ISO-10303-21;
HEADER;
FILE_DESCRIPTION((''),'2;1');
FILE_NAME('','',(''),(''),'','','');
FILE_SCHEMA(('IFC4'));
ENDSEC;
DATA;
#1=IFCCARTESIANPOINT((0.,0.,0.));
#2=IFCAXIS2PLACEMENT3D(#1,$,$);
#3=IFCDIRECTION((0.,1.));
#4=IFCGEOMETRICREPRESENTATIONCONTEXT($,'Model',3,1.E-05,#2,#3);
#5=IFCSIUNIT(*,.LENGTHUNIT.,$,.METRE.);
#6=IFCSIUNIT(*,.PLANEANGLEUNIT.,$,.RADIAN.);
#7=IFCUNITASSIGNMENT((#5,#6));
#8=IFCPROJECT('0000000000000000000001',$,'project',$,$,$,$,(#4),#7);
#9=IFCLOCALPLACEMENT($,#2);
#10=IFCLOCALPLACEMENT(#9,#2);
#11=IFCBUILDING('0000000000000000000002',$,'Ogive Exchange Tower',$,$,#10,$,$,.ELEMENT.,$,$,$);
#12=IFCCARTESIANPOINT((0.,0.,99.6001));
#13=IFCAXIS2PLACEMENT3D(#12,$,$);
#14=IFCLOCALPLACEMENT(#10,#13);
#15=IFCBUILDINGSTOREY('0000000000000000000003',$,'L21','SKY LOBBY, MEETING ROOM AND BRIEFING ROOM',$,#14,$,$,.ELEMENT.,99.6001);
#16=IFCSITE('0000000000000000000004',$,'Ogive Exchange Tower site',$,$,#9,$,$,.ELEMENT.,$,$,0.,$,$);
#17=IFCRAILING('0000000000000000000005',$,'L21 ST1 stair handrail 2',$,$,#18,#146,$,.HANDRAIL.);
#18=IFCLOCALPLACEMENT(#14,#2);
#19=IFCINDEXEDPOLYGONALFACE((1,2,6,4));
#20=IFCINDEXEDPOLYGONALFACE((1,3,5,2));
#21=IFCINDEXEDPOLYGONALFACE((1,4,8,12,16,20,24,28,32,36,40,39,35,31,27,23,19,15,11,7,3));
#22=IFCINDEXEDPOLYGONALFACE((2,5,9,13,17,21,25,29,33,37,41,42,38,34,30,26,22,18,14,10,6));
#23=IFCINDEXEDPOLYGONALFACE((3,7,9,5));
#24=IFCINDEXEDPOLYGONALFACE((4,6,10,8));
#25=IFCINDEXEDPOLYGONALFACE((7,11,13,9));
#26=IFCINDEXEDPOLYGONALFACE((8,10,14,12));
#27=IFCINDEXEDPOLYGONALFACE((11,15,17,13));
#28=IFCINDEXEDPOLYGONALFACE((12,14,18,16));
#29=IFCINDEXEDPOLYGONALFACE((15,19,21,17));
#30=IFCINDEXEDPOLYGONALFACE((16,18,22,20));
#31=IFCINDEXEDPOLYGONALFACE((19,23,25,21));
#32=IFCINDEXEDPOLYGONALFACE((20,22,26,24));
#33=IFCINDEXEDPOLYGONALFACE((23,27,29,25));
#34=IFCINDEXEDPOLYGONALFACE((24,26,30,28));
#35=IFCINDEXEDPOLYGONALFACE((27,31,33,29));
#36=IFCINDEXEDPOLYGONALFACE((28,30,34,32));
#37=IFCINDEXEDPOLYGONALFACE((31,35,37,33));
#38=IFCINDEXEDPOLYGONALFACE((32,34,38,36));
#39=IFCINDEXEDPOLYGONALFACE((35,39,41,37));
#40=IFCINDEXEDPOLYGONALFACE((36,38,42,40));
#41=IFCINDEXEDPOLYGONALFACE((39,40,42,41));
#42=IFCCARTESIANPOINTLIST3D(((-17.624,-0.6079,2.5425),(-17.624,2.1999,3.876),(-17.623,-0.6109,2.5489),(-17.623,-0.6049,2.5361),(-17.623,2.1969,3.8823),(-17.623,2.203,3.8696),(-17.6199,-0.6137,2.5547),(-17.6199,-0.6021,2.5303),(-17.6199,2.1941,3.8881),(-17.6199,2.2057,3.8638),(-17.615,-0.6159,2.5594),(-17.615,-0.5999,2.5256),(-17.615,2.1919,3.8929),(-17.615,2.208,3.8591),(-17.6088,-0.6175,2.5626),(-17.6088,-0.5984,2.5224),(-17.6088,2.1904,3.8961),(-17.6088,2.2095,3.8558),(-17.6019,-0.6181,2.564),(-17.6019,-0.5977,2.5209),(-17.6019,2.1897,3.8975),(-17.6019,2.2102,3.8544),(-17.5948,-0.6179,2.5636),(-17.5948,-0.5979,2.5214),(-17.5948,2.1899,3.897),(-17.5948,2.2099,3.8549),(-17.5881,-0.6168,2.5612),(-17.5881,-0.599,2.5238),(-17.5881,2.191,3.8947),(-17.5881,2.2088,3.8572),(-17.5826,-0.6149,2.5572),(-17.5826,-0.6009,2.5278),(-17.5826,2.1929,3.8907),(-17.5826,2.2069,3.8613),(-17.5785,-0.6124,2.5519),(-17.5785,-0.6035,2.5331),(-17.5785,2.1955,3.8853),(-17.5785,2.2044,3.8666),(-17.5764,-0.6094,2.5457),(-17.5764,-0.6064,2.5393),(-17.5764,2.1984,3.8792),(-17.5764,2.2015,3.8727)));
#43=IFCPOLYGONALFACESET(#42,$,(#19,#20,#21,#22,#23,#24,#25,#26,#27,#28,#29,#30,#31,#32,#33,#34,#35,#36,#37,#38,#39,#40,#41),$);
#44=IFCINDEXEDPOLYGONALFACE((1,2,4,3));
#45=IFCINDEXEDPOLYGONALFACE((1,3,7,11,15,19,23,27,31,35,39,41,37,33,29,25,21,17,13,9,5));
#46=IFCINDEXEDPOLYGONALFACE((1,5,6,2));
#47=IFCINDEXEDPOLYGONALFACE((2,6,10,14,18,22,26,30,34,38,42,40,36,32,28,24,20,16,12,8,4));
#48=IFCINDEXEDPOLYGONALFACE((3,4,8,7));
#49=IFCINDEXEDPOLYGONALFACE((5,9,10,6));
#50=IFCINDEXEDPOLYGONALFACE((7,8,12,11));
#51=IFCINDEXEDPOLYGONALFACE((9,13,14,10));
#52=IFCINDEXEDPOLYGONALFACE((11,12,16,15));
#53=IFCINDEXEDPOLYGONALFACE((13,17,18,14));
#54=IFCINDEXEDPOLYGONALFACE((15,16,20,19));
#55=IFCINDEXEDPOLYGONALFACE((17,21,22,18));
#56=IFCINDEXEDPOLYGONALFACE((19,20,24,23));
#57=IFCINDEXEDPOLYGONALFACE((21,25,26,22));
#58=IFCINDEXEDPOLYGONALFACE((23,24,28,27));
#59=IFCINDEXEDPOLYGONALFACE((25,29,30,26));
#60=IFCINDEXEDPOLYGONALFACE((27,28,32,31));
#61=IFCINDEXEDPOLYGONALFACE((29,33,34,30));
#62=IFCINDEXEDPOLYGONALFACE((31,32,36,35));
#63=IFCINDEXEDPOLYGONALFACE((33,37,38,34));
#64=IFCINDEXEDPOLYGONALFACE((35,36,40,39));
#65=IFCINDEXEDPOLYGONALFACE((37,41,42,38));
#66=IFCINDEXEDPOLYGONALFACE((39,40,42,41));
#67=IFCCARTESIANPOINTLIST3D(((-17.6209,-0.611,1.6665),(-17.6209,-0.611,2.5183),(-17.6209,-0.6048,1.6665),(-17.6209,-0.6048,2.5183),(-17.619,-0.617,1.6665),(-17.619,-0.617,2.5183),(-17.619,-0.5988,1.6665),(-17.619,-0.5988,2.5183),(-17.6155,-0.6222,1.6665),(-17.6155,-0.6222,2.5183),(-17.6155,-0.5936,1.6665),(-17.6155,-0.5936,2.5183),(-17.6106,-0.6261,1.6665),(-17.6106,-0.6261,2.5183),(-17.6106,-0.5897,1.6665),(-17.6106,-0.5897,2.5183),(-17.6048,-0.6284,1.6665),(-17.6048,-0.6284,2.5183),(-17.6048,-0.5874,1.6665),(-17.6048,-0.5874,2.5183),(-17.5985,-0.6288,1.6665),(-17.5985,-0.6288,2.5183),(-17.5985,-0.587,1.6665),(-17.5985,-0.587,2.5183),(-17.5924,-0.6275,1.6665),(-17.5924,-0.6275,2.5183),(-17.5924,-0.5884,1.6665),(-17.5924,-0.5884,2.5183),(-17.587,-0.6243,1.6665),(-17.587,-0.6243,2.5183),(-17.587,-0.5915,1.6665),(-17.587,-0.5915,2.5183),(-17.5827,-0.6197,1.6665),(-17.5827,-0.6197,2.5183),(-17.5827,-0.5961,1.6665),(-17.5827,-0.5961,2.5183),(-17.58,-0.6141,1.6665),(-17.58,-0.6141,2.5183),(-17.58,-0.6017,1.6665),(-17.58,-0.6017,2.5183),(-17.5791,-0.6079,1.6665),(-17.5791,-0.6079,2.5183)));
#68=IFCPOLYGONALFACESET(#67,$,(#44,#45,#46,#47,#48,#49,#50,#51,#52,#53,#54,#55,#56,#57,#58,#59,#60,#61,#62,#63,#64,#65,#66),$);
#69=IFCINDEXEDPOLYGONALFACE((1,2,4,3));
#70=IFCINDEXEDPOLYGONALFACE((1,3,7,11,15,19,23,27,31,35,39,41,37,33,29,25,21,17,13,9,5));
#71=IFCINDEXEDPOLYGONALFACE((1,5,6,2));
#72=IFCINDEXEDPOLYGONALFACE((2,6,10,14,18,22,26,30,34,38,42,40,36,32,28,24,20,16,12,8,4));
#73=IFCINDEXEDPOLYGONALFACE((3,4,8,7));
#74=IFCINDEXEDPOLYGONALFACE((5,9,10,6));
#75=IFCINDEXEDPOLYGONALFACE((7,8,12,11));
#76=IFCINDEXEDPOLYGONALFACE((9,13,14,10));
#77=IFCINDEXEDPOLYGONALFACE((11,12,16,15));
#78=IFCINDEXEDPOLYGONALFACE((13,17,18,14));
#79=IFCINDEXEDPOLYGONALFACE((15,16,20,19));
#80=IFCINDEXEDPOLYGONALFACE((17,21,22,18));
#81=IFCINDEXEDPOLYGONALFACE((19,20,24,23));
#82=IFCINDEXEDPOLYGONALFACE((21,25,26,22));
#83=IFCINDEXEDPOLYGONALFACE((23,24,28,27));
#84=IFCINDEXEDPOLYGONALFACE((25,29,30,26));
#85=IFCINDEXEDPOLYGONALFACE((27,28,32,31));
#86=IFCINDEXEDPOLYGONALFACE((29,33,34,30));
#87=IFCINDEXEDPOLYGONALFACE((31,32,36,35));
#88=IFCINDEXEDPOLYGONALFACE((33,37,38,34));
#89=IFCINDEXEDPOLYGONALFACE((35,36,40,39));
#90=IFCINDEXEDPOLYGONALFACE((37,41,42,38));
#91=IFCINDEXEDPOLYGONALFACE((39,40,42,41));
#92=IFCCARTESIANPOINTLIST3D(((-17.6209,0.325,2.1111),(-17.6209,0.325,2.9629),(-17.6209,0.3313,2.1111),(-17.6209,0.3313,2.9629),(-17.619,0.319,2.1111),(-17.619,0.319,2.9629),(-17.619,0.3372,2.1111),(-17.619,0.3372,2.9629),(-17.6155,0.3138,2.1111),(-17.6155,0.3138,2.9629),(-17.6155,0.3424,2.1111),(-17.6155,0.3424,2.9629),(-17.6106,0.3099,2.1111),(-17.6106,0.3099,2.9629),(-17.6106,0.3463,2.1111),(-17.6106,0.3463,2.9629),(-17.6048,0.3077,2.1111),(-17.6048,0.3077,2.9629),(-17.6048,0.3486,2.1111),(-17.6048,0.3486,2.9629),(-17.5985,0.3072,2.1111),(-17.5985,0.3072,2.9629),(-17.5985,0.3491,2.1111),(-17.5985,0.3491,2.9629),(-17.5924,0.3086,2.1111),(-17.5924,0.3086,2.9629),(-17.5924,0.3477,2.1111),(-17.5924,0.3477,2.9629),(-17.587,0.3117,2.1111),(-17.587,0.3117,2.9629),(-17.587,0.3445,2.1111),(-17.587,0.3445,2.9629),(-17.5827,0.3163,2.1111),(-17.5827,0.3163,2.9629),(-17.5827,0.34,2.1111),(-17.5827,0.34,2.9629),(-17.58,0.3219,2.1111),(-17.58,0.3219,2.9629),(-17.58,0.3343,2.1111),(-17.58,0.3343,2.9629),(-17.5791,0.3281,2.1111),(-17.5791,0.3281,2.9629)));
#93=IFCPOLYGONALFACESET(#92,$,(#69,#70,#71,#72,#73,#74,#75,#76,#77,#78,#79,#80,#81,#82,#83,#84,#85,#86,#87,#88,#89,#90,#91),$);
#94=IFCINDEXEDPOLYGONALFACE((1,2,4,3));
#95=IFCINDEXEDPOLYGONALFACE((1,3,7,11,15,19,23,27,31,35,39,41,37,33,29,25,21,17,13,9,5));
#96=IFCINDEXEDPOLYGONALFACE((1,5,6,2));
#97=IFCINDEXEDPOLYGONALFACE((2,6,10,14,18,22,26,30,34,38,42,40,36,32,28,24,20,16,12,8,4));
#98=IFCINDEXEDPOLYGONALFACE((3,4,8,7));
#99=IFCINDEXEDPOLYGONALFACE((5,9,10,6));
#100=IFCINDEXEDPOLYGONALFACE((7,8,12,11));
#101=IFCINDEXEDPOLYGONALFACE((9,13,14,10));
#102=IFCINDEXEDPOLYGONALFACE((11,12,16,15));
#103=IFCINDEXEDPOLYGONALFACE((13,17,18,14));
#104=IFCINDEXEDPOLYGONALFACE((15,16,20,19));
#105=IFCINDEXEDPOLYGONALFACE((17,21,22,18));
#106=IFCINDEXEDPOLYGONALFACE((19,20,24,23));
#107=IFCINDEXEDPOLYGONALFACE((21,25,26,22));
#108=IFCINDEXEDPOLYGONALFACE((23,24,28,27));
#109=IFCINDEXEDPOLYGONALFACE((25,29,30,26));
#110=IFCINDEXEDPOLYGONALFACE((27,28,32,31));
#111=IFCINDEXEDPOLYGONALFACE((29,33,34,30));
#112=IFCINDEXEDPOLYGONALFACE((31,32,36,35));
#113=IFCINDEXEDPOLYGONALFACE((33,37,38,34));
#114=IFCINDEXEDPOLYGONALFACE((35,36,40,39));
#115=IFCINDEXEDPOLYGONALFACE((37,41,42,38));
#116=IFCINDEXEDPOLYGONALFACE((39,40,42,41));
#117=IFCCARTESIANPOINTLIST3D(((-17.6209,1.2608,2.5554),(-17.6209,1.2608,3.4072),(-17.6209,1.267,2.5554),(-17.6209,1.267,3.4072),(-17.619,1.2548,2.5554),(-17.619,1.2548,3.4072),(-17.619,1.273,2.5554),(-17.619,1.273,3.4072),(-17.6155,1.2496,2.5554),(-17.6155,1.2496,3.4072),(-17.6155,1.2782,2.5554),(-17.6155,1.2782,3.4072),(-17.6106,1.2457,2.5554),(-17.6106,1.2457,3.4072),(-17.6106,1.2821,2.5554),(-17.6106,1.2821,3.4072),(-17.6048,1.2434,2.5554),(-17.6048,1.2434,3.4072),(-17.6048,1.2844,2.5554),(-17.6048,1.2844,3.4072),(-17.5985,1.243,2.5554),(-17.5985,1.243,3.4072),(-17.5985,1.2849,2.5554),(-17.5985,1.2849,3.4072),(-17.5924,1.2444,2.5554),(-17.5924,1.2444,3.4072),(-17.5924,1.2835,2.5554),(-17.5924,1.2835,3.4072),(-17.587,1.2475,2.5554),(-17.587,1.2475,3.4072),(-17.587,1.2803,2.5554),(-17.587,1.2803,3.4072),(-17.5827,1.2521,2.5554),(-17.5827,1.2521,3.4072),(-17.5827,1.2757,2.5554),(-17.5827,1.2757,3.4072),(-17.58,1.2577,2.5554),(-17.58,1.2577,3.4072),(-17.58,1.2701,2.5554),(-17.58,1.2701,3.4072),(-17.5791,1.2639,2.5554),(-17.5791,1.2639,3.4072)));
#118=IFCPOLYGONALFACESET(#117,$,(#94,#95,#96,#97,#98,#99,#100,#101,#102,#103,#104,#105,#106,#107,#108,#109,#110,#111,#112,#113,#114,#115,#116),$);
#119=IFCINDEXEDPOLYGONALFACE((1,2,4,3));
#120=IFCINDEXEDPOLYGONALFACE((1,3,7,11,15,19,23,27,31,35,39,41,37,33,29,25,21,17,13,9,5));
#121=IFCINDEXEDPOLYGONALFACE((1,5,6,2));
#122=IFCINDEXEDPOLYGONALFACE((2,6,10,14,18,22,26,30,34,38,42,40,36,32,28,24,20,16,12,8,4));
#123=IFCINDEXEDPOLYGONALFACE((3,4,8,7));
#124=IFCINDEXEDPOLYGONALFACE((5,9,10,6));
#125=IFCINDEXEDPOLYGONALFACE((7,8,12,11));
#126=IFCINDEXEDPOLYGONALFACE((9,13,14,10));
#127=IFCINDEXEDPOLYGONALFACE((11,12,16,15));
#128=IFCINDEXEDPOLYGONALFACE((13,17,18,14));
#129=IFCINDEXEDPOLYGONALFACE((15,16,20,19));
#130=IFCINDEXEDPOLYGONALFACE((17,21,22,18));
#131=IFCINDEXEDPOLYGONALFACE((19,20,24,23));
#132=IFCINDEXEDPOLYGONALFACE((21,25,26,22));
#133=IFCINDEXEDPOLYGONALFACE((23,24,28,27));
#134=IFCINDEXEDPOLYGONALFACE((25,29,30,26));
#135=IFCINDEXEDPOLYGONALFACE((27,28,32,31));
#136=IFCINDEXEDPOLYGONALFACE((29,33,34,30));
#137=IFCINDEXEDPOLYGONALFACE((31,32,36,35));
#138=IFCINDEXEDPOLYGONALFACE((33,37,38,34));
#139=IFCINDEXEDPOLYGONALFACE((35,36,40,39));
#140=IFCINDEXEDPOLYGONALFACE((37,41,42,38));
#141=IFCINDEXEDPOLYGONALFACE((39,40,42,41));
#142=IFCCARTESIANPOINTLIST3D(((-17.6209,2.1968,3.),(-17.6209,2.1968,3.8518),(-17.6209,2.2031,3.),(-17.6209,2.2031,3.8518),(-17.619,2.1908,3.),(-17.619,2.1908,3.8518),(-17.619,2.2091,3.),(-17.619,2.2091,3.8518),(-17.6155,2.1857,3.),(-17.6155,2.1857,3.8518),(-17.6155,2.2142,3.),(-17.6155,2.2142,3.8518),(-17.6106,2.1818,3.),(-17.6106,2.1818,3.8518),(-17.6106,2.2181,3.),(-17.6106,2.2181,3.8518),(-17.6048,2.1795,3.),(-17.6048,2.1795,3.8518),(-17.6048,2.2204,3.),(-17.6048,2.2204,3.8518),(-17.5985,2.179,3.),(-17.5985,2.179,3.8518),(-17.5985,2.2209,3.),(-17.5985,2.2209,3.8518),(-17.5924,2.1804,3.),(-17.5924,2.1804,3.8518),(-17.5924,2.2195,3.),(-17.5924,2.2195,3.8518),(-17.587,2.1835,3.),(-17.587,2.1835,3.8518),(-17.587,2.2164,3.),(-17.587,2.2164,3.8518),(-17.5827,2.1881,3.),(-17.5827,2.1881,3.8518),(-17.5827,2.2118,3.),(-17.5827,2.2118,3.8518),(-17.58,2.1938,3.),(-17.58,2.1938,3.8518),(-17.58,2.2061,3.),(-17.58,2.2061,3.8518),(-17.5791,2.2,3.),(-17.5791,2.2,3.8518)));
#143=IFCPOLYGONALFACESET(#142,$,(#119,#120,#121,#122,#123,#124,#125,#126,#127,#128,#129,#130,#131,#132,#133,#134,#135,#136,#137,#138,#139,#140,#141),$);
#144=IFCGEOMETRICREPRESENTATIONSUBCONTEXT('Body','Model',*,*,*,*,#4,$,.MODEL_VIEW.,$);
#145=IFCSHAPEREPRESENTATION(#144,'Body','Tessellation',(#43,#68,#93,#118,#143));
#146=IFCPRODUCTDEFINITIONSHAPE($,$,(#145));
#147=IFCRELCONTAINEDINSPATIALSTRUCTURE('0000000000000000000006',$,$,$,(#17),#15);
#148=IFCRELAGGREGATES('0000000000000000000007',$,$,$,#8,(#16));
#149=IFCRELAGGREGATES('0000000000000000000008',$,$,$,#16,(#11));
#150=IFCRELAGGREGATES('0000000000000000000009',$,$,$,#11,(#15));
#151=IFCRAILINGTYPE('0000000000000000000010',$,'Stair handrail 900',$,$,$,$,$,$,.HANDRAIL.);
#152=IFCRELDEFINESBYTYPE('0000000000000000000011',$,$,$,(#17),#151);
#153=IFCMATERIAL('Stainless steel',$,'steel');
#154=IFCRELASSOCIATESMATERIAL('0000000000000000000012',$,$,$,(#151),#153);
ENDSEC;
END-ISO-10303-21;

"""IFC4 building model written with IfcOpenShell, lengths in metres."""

from ifc_helpers import new_model, si_unit, direction, frame, origin, origin_2d, place, context, subcontext, project, spatial, circle, extrude, material, type_object, element, save


model = new_model("IFC4")

# Units and contexts
model_context = context("Model", 3, precision=1e-05, world=origin(), true_north=direction((0.0, 1.0)))
body_context = subcontext(model_context, "Body", "Model", "MODEL_VIEW")
ifc_project = project(units=[si_unit("LENGTHUNIT", "METRE"), si_unit("PLANEANGLEUNIT", "RADIAN")], contexts=[model_context])

# Site, building, storey
site_placement = place(None, origin())
site = spatial("IfcSite", under=ifc_project, at=site_placement, Name="Ogive Exchange Tower site", CompositionType="ELEMENT", RefElevation=0.0)
building_placement = place(site_placement, origin())
building = spatial("IfcBuilding", under=site, at=building_placement, Name="Ogive Exchange Tower", CompositionType="ELEMENT")
storey_placement = place(building_placement, frame((0.0, 0.0, 99.6001)))
storey = spatial("IfcBuildingStorey", under=building, at=storey_placement, Name="L21", Description="SKY LOBBY, MEETING ROOM AND BRIEFING ROOM", CompositionType="ELEMENT", Elevation=99.6001)

# Shared definitions
ifc_material_1 = material(Name="Stainless steel", Category="steel")

# Railing
railing_type = type_object("IfcRailingType", Name="Stair handrail 900", PredefinedType="HANDRAIL", material=ifc_material_1)
for number, where, name in (
    (1, (-17.6001, -0.6079, 1.6665), "L21 ST1 stair handrail 2"),
):
    element("IfcRailing", number, at=place(storey_placement, frame(where)), inside=storey, type_object=railing_type, Name=name, PredefinedType="HANDRAIL", context=body_context, shape_type="SweptSolid", body=[
        extrude(circle(Radius=0.0239, at=origin_2d()), frame((0.0, 0.0, 0.876), z_axis=(0.0, 0.903307, 0.428994), x_axis=(-1.0, 0.0, 0.0)), (0.0, 0.0, 1.0), 3.1084),
        extrude(circle(Radius=0.021, at=origin_2d()), origin(), (0.0, 0.0, 1.0), 0.8518),
        extrude(circle(Radius=0.021, at=origin_2d()), frame((0.0, 0.936, 0.4446)), (0.0, 0.0, 1.0), 0.8518),
        extrude(circle(Radius=0.021, at=origin_2d()), frame((0.0, 1.8718, 0.8889)), (0.0, 0.0, 1.0), 0.8518),
        extrude(circle(Radius=0.021, at=origin_2d()), frame((0.0, 2.8079, 1.3335)), (0.0, 0.0, 1.0), 0.8518),
    ])

save(model, "model.ifc")
